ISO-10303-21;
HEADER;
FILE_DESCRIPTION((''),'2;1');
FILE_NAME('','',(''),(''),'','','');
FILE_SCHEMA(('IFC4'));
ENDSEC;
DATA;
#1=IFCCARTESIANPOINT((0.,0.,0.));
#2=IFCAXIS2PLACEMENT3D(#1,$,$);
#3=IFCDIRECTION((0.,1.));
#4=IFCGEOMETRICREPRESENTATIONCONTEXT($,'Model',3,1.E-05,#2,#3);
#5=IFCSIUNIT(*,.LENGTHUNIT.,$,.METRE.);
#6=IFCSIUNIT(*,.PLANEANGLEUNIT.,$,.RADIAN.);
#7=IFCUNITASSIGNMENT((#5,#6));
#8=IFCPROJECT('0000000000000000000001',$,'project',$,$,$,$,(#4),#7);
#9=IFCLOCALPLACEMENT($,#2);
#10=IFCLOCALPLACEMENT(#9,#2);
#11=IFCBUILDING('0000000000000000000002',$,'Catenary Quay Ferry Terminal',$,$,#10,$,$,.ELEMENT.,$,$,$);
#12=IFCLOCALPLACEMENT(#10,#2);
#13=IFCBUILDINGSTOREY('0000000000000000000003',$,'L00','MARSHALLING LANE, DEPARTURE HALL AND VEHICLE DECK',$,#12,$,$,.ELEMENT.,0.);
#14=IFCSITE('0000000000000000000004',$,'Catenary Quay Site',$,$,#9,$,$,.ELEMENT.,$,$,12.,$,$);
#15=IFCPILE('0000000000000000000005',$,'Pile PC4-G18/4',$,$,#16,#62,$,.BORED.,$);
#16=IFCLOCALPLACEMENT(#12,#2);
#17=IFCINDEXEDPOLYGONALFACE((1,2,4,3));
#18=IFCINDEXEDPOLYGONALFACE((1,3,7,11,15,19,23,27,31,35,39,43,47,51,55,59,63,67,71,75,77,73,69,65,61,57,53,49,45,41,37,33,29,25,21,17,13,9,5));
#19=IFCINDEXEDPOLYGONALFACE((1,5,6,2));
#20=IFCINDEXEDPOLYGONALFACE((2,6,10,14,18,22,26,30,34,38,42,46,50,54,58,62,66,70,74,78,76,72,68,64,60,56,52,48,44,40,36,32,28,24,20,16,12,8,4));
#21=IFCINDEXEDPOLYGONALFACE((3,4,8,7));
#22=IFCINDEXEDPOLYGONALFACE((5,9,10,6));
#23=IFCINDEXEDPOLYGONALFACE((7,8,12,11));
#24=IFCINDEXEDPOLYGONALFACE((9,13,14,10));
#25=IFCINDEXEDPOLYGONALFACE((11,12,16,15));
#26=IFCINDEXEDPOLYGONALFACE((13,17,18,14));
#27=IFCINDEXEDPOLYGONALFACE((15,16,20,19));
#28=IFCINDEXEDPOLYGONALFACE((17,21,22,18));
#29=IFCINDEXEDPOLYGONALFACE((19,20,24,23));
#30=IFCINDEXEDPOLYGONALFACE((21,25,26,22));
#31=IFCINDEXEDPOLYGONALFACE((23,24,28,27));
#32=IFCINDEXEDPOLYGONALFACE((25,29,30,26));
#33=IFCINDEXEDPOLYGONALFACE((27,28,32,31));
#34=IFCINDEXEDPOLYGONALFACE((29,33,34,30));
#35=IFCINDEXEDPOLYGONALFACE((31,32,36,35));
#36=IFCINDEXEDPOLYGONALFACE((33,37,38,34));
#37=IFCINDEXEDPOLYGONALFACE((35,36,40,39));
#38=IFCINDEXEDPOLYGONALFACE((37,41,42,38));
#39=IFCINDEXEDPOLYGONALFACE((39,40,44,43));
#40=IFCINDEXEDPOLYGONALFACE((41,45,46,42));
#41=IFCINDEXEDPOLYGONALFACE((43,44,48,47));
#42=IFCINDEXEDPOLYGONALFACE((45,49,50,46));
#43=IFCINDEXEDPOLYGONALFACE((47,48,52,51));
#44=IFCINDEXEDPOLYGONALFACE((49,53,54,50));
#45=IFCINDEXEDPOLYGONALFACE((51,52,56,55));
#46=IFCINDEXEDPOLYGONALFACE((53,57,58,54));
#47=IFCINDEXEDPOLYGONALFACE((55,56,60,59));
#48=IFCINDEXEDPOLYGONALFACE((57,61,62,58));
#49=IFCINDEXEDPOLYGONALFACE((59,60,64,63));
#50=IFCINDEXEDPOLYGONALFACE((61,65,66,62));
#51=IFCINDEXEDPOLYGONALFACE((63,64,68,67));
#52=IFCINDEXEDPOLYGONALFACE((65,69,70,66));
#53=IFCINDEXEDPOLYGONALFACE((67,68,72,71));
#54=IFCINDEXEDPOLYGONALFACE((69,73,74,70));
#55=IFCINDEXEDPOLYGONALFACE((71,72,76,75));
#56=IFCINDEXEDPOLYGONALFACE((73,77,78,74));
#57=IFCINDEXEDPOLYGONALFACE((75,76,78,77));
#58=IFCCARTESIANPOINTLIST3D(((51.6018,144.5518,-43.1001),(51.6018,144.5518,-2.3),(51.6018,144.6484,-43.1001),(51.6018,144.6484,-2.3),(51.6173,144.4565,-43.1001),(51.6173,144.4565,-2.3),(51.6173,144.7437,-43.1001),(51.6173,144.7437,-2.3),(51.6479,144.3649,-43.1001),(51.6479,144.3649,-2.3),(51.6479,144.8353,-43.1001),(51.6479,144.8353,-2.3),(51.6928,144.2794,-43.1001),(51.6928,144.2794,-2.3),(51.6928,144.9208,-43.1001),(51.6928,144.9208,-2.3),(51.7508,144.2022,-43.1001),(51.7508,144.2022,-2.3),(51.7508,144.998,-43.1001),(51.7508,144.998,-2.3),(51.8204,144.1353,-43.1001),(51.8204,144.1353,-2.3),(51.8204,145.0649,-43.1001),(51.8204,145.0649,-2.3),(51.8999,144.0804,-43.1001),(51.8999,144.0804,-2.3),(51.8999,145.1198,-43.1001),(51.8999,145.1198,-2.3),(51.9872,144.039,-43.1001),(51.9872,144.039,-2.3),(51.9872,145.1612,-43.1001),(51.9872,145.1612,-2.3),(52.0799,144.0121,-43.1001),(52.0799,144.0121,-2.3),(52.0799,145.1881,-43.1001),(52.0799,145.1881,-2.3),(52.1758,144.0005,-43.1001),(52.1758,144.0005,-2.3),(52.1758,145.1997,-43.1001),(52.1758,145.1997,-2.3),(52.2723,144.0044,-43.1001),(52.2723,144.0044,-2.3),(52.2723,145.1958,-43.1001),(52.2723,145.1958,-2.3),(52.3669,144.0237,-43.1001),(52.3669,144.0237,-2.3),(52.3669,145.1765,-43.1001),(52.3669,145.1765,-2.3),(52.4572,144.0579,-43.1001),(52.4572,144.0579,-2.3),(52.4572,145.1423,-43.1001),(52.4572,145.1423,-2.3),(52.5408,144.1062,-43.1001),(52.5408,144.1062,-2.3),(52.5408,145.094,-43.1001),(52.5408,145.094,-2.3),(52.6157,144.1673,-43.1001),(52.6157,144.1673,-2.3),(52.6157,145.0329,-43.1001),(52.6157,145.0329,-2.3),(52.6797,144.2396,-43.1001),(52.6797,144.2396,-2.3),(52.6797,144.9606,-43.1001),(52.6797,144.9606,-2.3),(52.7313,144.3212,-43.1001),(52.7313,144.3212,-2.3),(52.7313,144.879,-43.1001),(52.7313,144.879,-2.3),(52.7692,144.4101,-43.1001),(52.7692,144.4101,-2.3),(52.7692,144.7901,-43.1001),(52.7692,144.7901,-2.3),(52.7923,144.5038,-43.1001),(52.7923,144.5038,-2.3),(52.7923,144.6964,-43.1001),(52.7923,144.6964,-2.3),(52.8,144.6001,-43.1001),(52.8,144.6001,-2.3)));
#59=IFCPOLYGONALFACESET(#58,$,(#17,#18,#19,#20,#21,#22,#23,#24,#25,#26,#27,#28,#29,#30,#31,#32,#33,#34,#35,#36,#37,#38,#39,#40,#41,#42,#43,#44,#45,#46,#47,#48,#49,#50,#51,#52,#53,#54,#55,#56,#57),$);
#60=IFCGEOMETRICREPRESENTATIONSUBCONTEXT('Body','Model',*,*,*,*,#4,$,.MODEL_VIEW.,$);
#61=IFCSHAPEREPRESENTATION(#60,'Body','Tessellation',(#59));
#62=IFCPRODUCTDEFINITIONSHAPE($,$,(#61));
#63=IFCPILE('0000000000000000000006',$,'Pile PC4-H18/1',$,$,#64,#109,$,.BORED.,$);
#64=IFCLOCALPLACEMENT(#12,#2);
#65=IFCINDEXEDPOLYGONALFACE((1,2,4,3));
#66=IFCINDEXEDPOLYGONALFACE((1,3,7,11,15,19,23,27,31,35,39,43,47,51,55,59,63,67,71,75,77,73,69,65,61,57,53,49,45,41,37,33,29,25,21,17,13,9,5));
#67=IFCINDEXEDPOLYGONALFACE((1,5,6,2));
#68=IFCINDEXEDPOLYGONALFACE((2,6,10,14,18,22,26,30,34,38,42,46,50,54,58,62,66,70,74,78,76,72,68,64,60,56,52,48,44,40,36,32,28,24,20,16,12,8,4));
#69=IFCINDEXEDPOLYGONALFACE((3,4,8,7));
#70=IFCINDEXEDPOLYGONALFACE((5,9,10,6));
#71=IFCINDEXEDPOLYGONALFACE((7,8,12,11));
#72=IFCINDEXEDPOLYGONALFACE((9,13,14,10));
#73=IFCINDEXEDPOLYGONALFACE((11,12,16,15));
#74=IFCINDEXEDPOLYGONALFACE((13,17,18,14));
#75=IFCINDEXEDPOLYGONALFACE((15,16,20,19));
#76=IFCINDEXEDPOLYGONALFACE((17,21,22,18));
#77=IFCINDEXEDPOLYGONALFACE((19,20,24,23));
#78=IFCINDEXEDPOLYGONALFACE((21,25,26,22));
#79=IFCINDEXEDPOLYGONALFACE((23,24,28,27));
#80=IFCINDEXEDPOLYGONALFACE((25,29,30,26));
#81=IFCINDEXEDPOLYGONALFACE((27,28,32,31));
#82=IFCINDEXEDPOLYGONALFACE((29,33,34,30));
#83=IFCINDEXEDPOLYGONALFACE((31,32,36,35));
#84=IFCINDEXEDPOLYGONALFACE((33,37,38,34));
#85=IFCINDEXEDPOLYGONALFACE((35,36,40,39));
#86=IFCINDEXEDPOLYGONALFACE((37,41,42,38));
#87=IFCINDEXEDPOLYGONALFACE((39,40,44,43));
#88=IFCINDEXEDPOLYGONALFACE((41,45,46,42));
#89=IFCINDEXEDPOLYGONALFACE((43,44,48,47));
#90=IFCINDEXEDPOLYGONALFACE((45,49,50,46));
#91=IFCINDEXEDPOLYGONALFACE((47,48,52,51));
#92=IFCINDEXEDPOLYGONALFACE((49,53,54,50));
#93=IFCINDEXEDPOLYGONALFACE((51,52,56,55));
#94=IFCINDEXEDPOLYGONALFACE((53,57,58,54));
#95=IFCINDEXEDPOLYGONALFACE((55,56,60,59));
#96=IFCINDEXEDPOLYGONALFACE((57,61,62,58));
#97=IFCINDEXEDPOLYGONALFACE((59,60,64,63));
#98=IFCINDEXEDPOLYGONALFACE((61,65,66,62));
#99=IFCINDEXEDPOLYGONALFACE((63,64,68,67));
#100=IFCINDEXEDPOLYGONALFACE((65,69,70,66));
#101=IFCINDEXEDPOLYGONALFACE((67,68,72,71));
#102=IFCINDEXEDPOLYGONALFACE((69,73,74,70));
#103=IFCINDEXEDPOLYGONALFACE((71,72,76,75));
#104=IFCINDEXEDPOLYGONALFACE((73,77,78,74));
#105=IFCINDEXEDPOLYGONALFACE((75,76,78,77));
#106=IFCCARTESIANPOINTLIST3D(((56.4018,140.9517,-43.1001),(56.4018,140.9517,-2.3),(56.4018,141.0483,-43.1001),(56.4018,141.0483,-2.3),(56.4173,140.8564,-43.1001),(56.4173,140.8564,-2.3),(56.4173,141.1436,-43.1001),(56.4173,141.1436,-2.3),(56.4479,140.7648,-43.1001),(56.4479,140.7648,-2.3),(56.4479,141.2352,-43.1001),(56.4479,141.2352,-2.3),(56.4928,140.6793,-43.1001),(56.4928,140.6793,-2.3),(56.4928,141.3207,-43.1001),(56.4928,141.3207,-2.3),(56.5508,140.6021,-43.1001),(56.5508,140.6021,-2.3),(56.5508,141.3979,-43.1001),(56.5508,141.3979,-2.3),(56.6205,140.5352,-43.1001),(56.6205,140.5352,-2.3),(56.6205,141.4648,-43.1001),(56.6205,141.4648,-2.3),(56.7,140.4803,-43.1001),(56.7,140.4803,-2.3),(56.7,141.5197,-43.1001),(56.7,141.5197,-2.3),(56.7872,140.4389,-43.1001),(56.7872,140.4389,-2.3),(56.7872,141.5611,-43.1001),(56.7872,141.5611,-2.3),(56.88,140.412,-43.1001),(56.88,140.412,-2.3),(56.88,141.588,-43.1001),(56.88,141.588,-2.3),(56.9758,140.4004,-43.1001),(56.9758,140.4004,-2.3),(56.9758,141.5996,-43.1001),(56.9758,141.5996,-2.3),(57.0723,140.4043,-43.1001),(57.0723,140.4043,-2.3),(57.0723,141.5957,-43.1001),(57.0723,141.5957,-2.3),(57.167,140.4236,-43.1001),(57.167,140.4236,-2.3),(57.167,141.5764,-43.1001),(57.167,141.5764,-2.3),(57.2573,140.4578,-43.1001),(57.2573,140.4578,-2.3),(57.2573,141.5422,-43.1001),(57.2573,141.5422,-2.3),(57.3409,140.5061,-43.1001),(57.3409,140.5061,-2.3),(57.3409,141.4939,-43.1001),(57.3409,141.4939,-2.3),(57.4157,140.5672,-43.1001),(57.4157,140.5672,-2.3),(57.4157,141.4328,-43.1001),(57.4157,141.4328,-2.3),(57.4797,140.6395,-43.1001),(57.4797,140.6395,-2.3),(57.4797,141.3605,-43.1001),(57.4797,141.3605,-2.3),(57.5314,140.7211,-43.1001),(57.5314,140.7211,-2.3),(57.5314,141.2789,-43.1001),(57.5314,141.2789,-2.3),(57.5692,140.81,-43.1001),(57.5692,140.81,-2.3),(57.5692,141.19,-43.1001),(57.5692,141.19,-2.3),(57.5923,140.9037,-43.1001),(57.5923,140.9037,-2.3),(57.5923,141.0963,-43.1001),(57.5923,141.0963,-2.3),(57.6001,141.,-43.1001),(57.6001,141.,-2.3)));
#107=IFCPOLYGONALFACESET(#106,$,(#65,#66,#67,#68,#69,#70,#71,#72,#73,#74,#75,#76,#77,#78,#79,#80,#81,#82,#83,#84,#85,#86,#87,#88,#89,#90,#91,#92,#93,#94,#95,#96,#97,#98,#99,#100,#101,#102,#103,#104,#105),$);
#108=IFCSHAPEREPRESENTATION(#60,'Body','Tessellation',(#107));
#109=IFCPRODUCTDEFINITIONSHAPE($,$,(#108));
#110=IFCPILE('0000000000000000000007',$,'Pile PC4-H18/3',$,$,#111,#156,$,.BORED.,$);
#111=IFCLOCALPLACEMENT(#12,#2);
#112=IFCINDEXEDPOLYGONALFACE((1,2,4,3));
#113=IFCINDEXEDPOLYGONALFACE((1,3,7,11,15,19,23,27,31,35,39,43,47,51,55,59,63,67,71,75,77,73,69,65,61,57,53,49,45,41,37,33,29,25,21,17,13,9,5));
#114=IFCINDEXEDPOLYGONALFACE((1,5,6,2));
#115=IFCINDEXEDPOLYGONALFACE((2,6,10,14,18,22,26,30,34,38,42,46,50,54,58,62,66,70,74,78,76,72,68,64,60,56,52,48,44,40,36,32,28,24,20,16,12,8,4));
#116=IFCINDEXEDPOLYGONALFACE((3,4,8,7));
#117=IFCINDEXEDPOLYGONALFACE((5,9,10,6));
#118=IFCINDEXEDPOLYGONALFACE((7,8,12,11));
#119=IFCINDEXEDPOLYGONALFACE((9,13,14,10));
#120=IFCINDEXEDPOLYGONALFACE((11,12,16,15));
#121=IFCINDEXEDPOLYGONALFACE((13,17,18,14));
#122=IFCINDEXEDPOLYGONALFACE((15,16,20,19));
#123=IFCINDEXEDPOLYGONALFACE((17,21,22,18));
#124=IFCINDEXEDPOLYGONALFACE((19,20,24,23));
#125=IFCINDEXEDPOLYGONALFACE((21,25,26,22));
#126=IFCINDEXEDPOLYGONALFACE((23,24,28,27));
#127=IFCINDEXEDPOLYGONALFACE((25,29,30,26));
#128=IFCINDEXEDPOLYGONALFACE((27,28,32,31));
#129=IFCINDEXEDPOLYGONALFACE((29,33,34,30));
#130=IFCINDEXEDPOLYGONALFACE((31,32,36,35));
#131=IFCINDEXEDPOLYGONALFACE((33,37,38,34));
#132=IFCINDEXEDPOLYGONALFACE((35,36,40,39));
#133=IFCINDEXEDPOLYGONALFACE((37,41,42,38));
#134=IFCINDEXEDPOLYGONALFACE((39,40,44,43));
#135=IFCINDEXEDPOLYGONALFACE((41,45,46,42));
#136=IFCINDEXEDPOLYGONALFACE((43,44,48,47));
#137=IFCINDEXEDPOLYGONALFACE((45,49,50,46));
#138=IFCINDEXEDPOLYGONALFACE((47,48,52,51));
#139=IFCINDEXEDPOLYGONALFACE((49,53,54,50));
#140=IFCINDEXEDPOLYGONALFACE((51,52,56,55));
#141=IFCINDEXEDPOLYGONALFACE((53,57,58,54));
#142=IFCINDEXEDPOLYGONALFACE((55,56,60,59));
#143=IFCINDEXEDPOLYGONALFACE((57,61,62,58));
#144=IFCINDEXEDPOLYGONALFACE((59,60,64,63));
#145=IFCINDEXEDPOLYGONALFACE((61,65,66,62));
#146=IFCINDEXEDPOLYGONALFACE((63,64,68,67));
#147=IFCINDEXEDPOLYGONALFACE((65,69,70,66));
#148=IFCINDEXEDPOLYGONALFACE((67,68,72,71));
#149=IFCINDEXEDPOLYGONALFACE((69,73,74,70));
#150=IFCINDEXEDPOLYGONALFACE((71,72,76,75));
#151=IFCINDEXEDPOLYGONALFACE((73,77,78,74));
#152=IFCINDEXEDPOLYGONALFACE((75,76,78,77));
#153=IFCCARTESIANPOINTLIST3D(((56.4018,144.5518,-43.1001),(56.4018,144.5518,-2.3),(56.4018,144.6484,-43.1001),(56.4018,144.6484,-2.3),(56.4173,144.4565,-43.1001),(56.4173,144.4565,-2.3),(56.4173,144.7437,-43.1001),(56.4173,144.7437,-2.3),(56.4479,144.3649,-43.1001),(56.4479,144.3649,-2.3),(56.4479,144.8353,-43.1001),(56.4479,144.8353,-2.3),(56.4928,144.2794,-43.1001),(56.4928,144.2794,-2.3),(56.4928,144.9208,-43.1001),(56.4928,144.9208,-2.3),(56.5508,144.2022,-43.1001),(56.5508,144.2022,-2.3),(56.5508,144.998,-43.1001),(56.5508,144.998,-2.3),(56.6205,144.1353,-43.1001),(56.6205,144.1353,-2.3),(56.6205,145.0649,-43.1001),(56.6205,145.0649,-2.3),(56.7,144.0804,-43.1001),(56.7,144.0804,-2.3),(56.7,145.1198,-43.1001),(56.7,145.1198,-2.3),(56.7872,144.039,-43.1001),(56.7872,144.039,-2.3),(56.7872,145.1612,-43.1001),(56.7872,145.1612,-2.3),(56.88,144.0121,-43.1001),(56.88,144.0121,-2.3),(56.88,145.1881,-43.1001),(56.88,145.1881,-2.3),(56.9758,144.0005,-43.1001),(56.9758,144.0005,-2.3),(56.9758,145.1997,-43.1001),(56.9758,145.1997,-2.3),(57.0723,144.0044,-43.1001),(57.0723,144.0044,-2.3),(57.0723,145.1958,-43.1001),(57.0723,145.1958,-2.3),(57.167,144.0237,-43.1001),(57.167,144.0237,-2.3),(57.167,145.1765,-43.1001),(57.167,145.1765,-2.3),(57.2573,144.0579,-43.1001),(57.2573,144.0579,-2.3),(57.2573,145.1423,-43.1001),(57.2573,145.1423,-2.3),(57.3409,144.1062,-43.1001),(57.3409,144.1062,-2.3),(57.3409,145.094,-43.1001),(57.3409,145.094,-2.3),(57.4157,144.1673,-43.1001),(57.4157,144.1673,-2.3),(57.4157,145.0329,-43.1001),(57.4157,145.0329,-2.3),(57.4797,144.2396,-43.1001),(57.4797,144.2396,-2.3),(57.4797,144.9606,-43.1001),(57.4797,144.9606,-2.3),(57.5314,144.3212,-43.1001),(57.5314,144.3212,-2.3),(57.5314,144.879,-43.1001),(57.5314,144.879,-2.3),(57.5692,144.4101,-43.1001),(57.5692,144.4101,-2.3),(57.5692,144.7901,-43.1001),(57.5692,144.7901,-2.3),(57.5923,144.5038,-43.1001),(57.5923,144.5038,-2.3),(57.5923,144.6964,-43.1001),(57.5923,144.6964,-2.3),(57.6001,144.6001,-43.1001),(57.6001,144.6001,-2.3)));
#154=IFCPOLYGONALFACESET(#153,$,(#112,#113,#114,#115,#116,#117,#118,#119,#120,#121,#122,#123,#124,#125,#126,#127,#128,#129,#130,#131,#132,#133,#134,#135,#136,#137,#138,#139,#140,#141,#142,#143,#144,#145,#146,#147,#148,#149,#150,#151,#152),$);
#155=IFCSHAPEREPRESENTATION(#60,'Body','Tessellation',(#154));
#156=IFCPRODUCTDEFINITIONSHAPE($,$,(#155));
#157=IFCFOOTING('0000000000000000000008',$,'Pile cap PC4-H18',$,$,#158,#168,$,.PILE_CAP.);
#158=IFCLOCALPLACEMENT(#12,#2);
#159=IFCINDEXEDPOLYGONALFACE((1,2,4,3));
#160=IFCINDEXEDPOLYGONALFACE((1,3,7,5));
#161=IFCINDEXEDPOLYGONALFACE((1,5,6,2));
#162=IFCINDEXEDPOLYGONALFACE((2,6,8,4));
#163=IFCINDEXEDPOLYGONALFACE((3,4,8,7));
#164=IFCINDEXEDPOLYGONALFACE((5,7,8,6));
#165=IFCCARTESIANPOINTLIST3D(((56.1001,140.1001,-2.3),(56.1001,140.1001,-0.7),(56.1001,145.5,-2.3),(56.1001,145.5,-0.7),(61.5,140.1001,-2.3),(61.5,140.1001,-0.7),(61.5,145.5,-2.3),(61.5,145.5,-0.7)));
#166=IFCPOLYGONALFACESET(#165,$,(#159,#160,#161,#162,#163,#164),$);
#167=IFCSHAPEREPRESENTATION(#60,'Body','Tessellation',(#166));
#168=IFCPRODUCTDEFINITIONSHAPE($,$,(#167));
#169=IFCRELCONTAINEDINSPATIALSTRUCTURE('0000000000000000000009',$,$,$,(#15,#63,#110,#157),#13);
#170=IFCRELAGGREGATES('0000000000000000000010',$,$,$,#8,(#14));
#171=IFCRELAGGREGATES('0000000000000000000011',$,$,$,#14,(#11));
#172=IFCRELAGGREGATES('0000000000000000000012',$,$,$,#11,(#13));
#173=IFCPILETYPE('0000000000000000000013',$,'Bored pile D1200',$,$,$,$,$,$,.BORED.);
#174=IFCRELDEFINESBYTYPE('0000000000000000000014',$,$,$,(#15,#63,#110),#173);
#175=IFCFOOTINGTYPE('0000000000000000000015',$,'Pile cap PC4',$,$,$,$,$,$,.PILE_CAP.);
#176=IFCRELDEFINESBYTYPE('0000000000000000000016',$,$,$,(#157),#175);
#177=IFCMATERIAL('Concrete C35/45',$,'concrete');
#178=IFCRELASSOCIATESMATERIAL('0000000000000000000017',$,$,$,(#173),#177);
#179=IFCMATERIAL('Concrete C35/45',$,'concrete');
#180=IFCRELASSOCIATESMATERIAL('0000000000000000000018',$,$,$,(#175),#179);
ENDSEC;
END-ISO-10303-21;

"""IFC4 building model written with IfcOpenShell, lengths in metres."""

from ifc_helpers import new_model, si_unit, direction, frame, origin, origin_2d, place, context, subcontext, project, spatial, rectangle, circle, extrude, material, material_profile, profile_set, type_object, element, save


model = new_model("IFC4")

# Units and contexts
model_context = context("Model", 3, precision=1e-05, world=origin(), true_north=direction((0.0, 1.0)))
body_context = subcontext(model_context, "Body", "Model", "MODEL_VIEW")
ifc_project = project(units=[si_unit("LENGTHUNIT", "METRE"), si_unit("PLANEANGLEUNIT", "RADIAN")], contexts=[model_context])

# Site, building, storey
site_placement = place(None, origin())
site = spatial("IfcSite", under=ifc_project, at=site_placement, Name="Catenary Quay Site", CompositionType="ELEMENT", RefElevation=12.0)
building_placement = place(site_placement, origin())
building = spatial("IfcBuilding", under=site, at=building_placement, Name="Catenary Quay Ferry Terminal", CompositionType="ELEMENT")
storey_placement = place(building_placement, origin())
storey = spatial("IfcBuildingStorey", under=building, at=storey_placement, Name="L00", Description="MARSHALLING LANE, DEPARTURE HALL AND VEHICLE DECK", CompositionType="ELEMENT", Elevation=0.0)

# Piles
ifc_material_1 = material(Name="Concrete C35/45", Category="concrete")
ifc_material_profile_1 = material_profile(ifc_material_1, circle(Radius=0.6001, at=origin_2d()), Name="D1200")
ifc_profile_set_1 = profile_set([ifc_material_profile_1], Name="Concrete C35/45")
pile_type = type_object("IfcPileType", Name="Bored pile D1200", PredefinedType="BORED", material=ifc_profile_set_1)
for number, where, z_axis, x_axis, name in (
    (1, (52.2, 144.6001, -2.3), (0.0, 0.0, -1.0), (1.0, 0.0, 0.0), "Pile PC4-G18/4"),
    (2, (57.0, 141.0, -2.3), (0.0, 0.0, -1.0), (1.0, 0.0, 0.0), "Pile PC4-H18/1"),
    (3, (57.0, 144.6001, -2.3), (0.0, 0.0, -1.0), (1.0, 0.0, 0.0), "Pile PC4-H18/3"),
):
    element("IfcPile", number, at=place(storey_placement, frame(where, z_axis=z_axis, x_axis=x_axis)), inside=storey, type_object=pile_type, Name=name, PredefinedType="BORED", context=body_context, shape_type="SweptSolid", body=[
        extrude(circle(Radius=0.6001, at=origin_2d()), origin(), (0.0, 0.0, 1.0), 40.8),
    ])

# Footing
ifc_material_2 = material(Name="Concrete C35/45", Category="concrete")
footing_type = type_object("IfcFootingType", Name="Pile cap PC4", PredefinedType="PILE_CAP", material=ifc_material_2)
footing_placement = place(storey_placement, frame((58.8, 142.8, -2.3), z_axis=(0.0, 0.0, 1.0), x_axis=(1.0, 0.0, 0.0)))
element("IfcFooting", 4, at=footing_placement, inside=storey, type_object=footing_type, Name="Pile cap PC4-H18", PredefinedType="PILE_CAP", context=body_context, shape_type="SweptSolid", body=[
    extrude(rectangle(XDim=5.3999, YDim=5.3999, at=origin_2d()), origin(), (0.0, 0.0, 1.0), 1.6001),
])

save(model, "model.ifc")
